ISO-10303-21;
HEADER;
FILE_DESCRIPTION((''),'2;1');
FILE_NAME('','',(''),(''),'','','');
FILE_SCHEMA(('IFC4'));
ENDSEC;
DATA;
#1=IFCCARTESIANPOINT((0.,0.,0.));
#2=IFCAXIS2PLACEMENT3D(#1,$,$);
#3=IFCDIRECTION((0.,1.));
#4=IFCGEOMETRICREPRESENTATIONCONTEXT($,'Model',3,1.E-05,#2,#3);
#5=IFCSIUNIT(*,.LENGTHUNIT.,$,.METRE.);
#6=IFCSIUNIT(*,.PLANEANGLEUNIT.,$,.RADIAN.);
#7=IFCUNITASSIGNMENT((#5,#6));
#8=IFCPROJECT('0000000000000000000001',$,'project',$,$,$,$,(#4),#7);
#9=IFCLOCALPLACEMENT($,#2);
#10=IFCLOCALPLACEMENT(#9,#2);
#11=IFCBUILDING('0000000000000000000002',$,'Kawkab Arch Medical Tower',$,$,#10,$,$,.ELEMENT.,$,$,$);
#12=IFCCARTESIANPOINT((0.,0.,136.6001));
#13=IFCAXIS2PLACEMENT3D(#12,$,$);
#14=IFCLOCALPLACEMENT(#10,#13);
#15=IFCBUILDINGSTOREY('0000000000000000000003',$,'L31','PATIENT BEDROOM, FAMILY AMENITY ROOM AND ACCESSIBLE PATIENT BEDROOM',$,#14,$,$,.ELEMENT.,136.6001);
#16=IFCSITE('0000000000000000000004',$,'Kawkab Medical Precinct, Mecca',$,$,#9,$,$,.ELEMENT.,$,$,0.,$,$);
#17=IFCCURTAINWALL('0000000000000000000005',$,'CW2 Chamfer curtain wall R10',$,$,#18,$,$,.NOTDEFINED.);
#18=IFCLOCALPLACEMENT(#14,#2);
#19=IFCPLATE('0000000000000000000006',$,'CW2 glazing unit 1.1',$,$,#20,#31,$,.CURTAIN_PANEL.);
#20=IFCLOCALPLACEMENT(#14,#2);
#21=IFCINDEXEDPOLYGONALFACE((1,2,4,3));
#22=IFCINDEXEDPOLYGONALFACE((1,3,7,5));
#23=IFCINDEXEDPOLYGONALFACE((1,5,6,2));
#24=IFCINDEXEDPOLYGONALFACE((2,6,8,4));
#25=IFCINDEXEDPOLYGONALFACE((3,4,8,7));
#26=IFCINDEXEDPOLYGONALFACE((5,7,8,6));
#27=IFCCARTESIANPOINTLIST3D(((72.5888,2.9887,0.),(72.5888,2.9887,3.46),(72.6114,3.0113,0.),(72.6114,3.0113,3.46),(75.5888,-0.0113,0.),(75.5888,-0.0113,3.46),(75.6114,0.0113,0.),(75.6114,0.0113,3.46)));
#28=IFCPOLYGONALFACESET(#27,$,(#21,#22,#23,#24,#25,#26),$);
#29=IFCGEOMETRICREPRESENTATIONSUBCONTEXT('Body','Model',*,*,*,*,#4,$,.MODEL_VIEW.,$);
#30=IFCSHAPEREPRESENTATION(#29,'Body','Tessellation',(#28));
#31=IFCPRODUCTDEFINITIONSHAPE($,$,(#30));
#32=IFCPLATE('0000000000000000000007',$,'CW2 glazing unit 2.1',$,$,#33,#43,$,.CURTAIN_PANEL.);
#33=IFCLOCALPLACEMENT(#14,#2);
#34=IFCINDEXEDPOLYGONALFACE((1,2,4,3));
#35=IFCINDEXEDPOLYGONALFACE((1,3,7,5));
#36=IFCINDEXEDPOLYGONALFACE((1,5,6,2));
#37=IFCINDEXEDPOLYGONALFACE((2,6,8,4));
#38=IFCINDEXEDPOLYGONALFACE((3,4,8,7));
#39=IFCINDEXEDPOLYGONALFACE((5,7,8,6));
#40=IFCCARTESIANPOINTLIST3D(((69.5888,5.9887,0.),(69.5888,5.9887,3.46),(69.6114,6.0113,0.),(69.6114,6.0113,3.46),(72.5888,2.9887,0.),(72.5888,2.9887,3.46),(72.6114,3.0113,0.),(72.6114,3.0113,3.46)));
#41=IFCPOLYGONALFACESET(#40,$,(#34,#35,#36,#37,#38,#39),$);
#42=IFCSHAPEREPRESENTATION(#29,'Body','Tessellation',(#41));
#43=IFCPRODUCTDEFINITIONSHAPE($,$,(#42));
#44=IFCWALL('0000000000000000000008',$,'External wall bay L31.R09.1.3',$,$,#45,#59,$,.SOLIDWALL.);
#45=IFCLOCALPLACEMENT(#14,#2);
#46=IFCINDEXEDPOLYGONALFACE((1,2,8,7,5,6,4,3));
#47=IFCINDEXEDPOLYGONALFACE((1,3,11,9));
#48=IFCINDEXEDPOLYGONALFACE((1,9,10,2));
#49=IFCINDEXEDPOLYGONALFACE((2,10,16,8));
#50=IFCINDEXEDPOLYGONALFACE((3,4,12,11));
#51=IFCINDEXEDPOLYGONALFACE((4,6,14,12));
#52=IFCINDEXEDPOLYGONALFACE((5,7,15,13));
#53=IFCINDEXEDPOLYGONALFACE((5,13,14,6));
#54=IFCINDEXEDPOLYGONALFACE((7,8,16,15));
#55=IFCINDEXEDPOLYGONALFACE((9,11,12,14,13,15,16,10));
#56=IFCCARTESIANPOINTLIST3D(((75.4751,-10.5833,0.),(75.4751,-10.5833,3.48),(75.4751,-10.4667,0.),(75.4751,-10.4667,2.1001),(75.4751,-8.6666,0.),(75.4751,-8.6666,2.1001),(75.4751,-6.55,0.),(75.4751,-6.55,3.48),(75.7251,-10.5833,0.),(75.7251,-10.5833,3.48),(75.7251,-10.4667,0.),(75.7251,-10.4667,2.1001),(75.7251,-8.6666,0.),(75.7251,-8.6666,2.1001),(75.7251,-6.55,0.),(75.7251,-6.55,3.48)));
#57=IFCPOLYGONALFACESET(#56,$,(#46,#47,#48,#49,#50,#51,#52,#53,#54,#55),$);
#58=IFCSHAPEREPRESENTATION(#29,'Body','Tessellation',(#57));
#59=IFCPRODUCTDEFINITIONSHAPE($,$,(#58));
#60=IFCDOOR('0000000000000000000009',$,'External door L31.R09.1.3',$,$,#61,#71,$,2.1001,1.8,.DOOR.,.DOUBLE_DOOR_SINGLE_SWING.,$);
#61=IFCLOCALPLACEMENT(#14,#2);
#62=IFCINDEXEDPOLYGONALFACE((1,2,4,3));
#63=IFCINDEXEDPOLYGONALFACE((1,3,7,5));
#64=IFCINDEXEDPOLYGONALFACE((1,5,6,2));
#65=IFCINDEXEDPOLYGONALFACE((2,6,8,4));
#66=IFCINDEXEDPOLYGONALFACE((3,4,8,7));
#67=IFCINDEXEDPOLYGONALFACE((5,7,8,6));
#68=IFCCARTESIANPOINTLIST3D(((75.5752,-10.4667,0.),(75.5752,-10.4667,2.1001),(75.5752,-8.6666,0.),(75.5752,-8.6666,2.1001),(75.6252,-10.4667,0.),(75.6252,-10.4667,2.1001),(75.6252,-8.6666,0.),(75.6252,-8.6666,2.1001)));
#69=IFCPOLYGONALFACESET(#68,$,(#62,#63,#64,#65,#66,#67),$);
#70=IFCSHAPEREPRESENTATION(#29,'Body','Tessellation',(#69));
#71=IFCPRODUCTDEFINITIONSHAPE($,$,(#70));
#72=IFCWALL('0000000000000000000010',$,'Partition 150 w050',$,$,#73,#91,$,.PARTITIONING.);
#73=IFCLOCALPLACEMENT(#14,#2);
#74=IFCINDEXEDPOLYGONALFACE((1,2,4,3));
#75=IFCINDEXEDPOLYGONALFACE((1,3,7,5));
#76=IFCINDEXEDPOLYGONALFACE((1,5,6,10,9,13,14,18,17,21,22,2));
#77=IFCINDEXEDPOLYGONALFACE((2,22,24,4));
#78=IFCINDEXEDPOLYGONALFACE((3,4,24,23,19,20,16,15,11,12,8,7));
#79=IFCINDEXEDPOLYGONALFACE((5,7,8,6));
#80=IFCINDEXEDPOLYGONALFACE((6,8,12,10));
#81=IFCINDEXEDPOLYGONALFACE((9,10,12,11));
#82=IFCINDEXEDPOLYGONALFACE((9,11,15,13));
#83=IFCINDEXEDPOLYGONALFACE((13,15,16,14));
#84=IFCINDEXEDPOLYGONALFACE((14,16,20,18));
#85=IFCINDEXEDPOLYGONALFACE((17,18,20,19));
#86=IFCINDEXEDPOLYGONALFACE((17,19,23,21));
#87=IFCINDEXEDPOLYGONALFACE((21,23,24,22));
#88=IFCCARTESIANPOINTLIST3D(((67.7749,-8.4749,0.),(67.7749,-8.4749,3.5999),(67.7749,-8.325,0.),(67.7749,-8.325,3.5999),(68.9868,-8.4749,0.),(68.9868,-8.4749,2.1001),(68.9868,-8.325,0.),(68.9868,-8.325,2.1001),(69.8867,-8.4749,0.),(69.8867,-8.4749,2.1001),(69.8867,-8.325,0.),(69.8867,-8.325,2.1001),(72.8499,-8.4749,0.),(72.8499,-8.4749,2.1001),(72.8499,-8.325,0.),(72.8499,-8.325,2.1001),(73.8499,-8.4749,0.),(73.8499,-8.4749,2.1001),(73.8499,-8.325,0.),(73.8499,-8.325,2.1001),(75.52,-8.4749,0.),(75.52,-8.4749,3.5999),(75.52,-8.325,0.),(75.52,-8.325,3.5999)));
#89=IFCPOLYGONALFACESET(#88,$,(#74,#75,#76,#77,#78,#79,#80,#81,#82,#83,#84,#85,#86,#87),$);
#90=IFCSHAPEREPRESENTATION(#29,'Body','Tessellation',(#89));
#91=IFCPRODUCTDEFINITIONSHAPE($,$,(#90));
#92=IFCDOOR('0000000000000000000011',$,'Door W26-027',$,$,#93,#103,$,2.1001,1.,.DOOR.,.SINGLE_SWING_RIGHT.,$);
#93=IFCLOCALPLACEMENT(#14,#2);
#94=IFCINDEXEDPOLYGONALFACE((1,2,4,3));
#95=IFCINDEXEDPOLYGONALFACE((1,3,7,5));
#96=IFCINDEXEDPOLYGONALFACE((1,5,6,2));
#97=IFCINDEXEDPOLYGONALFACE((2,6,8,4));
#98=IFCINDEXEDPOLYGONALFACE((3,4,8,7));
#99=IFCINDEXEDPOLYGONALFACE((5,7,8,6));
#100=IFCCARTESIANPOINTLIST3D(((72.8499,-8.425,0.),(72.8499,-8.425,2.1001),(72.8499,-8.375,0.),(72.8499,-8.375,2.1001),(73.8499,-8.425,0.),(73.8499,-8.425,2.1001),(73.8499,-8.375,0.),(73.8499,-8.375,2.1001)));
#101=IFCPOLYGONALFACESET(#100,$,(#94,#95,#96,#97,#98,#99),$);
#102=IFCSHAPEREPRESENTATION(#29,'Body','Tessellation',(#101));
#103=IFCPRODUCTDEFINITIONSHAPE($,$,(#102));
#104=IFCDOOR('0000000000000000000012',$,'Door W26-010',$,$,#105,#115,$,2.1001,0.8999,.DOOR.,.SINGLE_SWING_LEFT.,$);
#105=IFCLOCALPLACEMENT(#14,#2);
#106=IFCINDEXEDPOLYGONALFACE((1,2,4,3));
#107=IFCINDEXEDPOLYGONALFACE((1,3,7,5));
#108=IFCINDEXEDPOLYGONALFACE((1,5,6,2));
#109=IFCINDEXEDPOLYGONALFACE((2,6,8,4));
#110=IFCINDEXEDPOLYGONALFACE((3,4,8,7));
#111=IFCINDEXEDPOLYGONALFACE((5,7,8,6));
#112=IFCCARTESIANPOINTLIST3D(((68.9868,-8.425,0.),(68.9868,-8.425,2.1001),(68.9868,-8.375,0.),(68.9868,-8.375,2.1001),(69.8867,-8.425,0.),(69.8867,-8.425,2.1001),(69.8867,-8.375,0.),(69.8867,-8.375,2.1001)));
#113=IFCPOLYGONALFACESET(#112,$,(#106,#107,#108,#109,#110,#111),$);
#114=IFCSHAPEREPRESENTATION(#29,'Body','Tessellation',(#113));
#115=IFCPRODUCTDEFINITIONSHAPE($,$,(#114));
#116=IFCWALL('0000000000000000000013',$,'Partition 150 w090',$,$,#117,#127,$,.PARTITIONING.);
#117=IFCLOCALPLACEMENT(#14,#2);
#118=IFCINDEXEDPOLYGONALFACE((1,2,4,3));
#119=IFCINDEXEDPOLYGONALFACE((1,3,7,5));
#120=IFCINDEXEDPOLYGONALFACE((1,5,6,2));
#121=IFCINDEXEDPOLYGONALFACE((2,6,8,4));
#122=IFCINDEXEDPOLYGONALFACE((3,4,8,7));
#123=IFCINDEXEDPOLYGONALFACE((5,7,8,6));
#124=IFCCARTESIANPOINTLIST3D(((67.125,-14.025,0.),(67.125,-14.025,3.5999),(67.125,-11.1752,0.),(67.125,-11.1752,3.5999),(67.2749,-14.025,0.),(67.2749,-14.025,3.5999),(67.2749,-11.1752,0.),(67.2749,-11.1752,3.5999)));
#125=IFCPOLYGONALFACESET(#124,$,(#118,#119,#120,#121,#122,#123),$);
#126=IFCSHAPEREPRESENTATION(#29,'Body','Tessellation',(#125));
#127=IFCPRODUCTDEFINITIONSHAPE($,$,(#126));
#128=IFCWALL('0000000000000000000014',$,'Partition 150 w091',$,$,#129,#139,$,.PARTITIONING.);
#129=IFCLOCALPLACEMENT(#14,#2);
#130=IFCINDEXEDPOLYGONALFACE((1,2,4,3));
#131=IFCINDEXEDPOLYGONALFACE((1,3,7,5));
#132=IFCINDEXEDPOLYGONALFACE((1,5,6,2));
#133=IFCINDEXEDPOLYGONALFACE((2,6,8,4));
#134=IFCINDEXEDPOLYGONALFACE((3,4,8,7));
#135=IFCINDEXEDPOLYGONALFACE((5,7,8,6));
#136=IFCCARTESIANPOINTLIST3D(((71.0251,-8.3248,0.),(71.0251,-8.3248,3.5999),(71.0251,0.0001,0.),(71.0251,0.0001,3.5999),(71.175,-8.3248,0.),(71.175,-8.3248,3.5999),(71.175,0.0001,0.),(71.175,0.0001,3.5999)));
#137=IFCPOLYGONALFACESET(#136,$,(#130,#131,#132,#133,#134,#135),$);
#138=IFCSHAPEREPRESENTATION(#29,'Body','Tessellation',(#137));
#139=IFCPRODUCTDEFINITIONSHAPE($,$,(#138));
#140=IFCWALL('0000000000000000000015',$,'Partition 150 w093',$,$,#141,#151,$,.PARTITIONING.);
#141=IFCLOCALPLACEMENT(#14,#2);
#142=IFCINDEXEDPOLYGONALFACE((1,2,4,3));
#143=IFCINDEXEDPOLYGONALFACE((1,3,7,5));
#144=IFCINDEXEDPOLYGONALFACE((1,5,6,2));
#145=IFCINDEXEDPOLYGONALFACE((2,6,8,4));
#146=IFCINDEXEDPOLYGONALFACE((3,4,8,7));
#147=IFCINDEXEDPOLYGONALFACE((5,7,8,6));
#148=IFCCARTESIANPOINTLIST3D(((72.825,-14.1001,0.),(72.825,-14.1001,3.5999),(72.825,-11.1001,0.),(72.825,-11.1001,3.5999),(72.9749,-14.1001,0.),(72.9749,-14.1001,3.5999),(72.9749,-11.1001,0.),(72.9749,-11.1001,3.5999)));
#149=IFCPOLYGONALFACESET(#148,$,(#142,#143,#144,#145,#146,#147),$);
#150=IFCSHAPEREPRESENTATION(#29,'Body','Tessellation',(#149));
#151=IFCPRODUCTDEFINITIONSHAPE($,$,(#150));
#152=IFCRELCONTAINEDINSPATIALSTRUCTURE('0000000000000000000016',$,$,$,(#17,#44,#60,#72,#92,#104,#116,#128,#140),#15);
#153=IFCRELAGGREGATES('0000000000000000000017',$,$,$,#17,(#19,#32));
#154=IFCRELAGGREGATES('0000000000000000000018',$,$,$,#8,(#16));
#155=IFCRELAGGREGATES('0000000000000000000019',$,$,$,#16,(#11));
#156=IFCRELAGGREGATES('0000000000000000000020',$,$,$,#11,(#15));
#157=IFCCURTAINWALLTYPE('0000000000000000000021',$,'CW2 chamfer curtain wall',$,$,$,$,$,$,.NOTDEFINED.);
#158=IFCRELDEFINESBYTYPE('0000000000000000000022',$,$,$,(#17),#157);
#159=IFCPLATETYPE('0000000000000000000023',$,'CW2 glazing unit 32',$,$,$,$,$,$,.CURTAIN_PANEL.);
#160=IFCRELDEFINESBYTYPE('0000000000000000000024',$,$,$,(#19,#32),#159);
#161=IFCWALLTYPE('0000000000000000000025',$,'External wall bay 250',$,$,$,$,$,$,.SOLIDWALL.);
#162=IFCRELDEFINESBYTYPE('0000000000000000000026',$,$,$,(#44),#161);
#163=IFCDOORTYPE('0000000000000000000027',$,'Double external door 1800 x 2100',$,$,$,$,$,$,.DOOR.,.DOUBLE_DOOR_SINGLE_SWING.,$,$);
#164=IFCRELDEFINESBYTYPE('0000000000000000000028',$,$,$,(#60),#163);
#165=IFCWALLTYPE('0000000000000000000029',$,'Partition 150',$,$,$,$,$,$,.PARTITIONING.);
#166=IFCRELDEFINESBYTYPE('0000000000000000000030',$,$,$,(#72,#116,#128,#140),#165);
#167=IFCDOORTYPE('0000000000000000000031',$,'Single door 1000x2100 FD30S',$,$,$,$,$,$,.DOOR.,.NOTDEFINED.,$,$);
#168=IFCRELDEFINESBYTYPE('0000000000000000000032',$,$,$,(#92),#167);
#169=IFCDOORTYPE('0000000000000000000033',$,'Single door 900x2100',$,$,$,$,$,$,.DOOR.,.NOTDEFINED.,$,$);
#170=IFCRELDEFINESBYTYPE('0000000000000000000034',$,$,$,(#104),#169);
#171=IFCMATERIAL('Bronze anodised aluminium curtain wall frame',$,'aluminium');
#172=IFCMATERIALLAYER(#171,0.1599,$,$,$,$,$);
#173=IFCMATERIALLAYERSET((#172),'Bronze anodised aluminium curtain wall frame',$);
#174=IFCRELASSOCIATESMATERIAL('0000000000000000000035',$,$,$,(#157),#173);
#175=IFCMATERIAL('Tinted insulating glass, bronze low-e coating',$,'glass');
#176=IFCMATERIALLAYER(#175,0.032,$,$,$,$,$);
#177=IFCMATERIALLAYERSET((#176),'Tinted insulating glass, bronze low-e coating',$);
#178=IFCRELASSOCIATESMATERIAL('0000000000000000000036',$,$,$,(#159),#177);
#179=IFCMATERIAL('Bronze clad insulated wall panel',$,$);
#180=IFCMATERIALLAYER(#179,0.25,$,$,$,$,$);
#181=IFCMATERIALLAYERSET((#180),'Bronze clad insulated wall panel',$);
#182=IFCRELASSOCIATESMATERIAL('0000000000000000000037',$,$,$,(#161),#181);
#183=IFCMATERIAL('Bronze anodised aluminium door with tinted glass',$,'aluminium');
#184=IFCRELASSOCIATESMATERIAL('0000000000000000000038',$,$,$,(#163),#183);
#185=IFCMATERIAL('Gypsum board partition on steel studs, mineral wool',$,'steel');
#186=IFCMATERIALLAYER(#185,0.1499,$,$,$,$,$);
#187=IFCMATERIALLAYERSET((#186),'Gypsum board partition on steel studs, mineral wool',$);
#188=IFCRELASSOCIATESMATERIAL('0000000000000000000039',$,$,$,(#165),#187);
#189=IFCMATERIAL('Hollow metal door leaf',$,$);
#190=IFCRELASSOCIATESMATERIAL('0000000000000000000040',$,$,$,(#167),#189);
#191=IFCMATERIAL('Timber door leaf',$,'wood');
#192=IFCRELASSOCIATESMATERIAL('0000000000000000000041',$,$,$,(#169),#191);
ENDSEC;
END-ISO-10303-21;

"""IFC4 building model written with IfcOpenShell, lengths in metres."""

from ifc_helpers import new_model, si_unit, direction, frame, frame_2d, origin, origin_2d, place, context, subcontext, project, spatial, rectangle, extrude, material, layer, layer_set, type_object, element, fill, aggregate, save


model = new_model("IFC4")

# Units and contexts
model_context = context("Model", 3, precision=1e-05, world=origin(), true_north=direction((0.0, 1.0)))
body_context = subcontext(model_context, "Body", "Model", "MODEL_VIEW")
ifc_project = project(units=[si_unit("LENGTHUNIT", "METRE"), si_unit("PLANEANGLEUNIT", "RADIAN")], contexts=[model_context])

# Site, building, storey
site_placement = place(None, origin())
site = spatial("IfcSite", under=ifc_project, at=site_placement, Name="Kawkab Medical Precinct, Mecca", CompositionType="ELEMENT", RefElevation=0.0)
building_placement = place(site_placement, origin())
building = spatial("IfcBuilding", under=site, at=building_placement, Name="Kawkab Arch Medical Tower", CompositionType="ELEMENT")
storey_placement = place(building_placement, frame((0.0, 0.0, 136.6001)))
storey = spatial("IfcBuildingStorey", under=building, at=storey_placement, Name="L31", Description="PATIENT BEDROOM, FAMILY AMENITY ROOM AND ACCESSIBLE PATIENT BEDROOM", CompositionType="ELEMENT", Elevation=136.6001)

# Shared definitions
placement = place(storey_placement, origin())

# Curtain wall
ifc_material_1 = material(Name="Bronze anodised aluminium curtain wall frame", Category="aluminium")
ifc_layer_1 = layer(ifc_material_1, 0.1599)
ifc_layer_set_1 = layer_set([ifc_layer_1], Name="Bronze anodised aluminium curtain wall frame")
curtain_wall_type_1 = type_object("IfcCurtainWallType", Name="CW2 chamfer curtain wall", PredefinedType="NOTDEFINED", material=ifc_layer_set_1)
curtain_wall_1 = element("IfcCurtainWall", 1, at=placement, inside=storey, type_object=curtain_wall_type_1, Name="CW2 Chamfer curtain wall R10", PredefinedType="NOTDEFINED")

# Plates
ifc_material_2 = material(Name="Tinted insulating glass, bronze low-e coating", Category="glass")
ifc_layer_2 = layer(ifc_material_2, 0.032)
ifc_layer_set_2 = layer_set([ifc_layer_2], Name="Tinted insulating glass, bronze low-e coating")
plate_type_1 = type_object("IfcPlateType", Name="CW2 glazing unit 32", PredefinedType="CURTAIN_PANEL", material=ifc_layer_set_2)
plate_1_placement = place(storey_placement, frame((74.1001, 1.5, 0.0), z_axis=(0.0, 0.0, 1.0), x_axis=(-0.707107, 0.707107, 0.0)))
plate_1 = element("IfcPlate", 2, at=plate_1_placement, type_object=plate_type_1, Name="CW2 glazing unit 1.1", PredefinedType="CURTAIN_PANEL", context=body_context, shape_type="SweptSolid", body=[
    extrude(rectangle(XDim=4.2427, YDim=0.032, at=origin_2d()), origin(), (0.0, 0.0, 1.0), 3.46),
])
plate_2_placement = place(storey_placement, frame((71.1001, 4.5, 0.0), z_axis=(0.0, 0.0, 1.0), x_axis=(-0.707107, 0.707107, 0.0)))
plate_2 = element("IfcPlate", 3, at=plate_2_placement, type_object=plate_type_1, Name="CW2 glazing unit 2.1", PredefinedType="CURTAIN_PANEL", context=body_context, shape_type="SweptSolid", body=[
    extrude(rectangle(XDim=4.2427, YDim=0.032, at=origin_2d()), origin(), (0.0, 0.0, 1.0), 3.46),
])
aggregate(curtain_wall_1, [plate_1, plate_2])

# Wall, opening, door
ifc_material_3 = material(Name="Bronze clad insulated wall panel")
ifc_layer_3 = layer(ifc_material_3, 0.25)
ifc_layer_set_3 = layer_set([ifc_layer_3], Name="Bronze clad insulated wall panel")
wall_type_1 = type_object("IfcWallType", Name="External wall bay 250", PredefinedType="SOLIDWALL", material=ifc_layer_set_3)
wall_1_placement = place(storey_placement, frame((75.6001, -10.5833, 0.0), z_axis=(0.0, 0.0, 1.0), x_axis=(0.0, 1.0, 0.0)))
wall_1 = element("IfcWall", 4, at=wall_1_placement, inside=storey, type_object=wall_type_1, Name="External wall bay L31.R09.1.3", PredefinedType="SOLIDWALL", context=body_context, shape_type="SweptSolid", body=[
    extrude(rectangle(XDim=4.0332, YDim=0.25, at=frame_2d((2.0166, 0.0))), origin(), (0.0, 0.0, 1.0), 3.48),
])
opening_1_placement = place(wall_1_placement, frame((0.1167, 0.0, 0.0)))
opening_1 = element("IfcOpeningElement", 5, at=opening_1_placement, cuts=wall_1, PredefinedType="OPENING", context=body_context, shape_type="SweptSolid", body=[
    extrude(rectangle(XDim=1.8, YDim=2.1001, at=frame_2d((0.8999, 1.05))), frame((0.0, 0.135, 0.0), z_axis=(0.0, -1.0, 0.0), x_axis=(1.0, 0.0, 0.0)), (0.0, 0.0, 1.0), 0.27),
])
ifc_material_4 = material(Name="Bronze anodised aluminium door with tinted glass", Category="aluminium")
door_type_1 = type_object("IfcDoorType", Name="Double external door 1800 x 2100", OperationType="DOUBLE_DOOR_SINGLE_SWING", PredefinedType="DOOR", material=ifc_material_4)
door_1_placement = place(opening_1_placement, origin())
door_1 = element("IfcDoor", 6, at=door_1_placement, inside=storey, type_object=door_type_1, Name="External door L31.R09.1.3", OperationType="DOUBLE_DOOR_SINGLE_SWING", OverallHeight=2.1001, OverallWidth=1.8, PredefinedType="DOOR", context=body_context, shape_type="SweptSolid", body=[
    extrude(rectangle(XDim=1.8, YDim=2.1001, at=frame_2d((0.8999, 1.05))), frame((0.0, 0.0249, 0.0), z_axis=(0.0, -1.0, 0.0), x_axis=(1.0, 0.0, 0.0)), (0.0, 0.0, 1.0), 0.05),
])
fill(opening_1, door_1)

# Wall, openings, doors
ifc_material_5 = material(Name="Gypsum board partition on steel studs, mineral wool", Category="steel")
ifc_layer_4 = layer(ifc_material_5, 0.1499)
ifc_layer_set_4 = layer_set([ifc_layer_4], Name="Gypsum board partition on steel studs, mineral wool")
wall_type_2 = type_object("IfcWallType", Name="Partition 150", PredefinedType="PARTITIONING", material=ifc_layer_set_4)
wall_2_placement = place(storey_placement, frame((67.7749, -8.3999, 0.0), z_axis=(0.0, 0.0, 1.0), x_axis=(1.0, 0.0, 0.0)))
wall_2 = element("IfcWall", 7, at=wall_2_placement, inside=storey, type_object=wall_type_2, Name="Partition 150 w050", PredefinedType="PARTITIONING", context=body_context, shape_type="SweptSolid", body=[
    extrude(rectangle(XDim=7.7451, YDim=0.1499, at=frame_2d((3.8726, 0.0))), origin(), (0.0, 0.0, 1.0), 3.5999),
])
opening_2_placement = place(wall_2_placement, frame((1.2119, 0.0, 0.0)))
opening_2 = element("IfcOpeningElement", 8, at=opening_2_placement, cuts=wall_2, PredefinedType="OPENING", context=body_context, shape_type="SweptSolid", body=[
    extrude(rectangle(XDim=0.8999, YDim=2.1001, at=frame_2d((0.45, 1.05))), frame((0.0, 0.085, 0.0), z_axis=(0.0, -1.0, 0.0), x_axis=(1.0, 0.0, 0.0)), (0.0, 0.0, 1.0), 0.1699),
])
opening_3_placement = place(wall_2_placement, frame((5.075, 0.0, 0.0)))
opening_3 = element("IfcOpeningElement", 9, at=opening_3_placement, cuts=wall_2, PredefinedType="OPENING", context=body_context, shape_type="SweptSolid", body=[
    extrude(rectangle(XDim=1.0, YDim=2.1001, at=frame_2d((0.5, 1.05))), frame((0.0, 0.085, 0.0), z_axis=(0.0, -1.0, 0.0), x_axis=(1.0, 0.0, 0.0)), (0.0, 0.0, 1.0), 0.1699),
])
ifc_material_6 = material(Name="Hollow metal door leaf")
door_type_2 = type_object("IfcDoorType", Name="Single door 1000x2100 FD30S", OperationType="NOTDEFINED", PredefinedType="DOOR", material=ifc_material_6)
door_2_placement = place(opening_3_placement, origin())
door_2 = element("IfcDoor", 10, at=door_2_placement, inside=storey, type_object=door_type_2, Name="Door W26-027", OperationType="SINGLE_SWING_RIGHT", OverallHeight=2.1001, OverallWidth=1.0, PredefinedType="DOOR", context=body_context, shape_type="SweptSolid", body=[
    extrude(rectangle(XDim=1.0, YDim=2.1001, at=frame_2d((0.5, 1.05))), frame((0.0, 0.0249, 0.0), z_axis=(0.0, -1.0, 0.0), x_axis=(1.0, 0.0, 0.0)), (0.0, 0.0, 1.0), 0.05),
])
fill(opening_3, door_2)
ifc_material_7 = material(Name="Timber door leaf", Category="wood")
door_type_3 = type_object("IfcDoorType", Name="Single door 900x2100", OperationType="NOTDEFINED", PredefinedType="DOOR", material=ifc_material_7)
door_3_placement = place(opening_2_placement, origin())
door_3 = element("IfcDoor", 11, at=door_3_placement, inside=storey, type_object=door_type_3, Name="Door W26-010", OperationType="SINGLE_SWING_LEFT", OverallHeight=2.1001, OverallWidth=0.8999, PredefinedType="DOOR", context=body_context, shape_type="SweptSolid", body=[
    extrude(rectangle(XDim=0.8999, YDim=2.1001, at=frame_2d((0.45, 1.05))), frame((0.0, 0.0249, 0.0), z_axis=(0.0, -1.0, 0.0), x_axis=(1.0, 0.0, 0.0)), (0.0, 0.0, 1.0), 0.05),
])
fill(opening_2, door_3)

# Walls
wall_3_placement = place(storey_placement, frame((67.2, -14.0249, 0.0), z_axis=(0.0, 0.0, 1.0), x_axis=(0.0, 1.0, 0.0)))
element("IfcWall", 12, at=wall_3_placement, inside=storey, type_object=wall_type_2, Name="Partition 150 w090", PredefinedType="PARTITIONING", context=body_context, shape_type="SweptSolid", body=[
    extrude(rectangle(XDim=2.8499, YDim=0.1499, at=frame_2d((1.4248, 0.0))), origin(), (0.0, 0.0, 1.0), 3.5999),
])
wall_4_placement = place(storey_placement, frame((71.1001, -8.325, 0.0), z_axis=(0.0, 0.0, 1.0), x_axis=(0.0, 1.0, 0.0)))
element("IfcWall", 13, at=wall_4_placement, inside=storey, type_object=wall_type_2, Name="Partition 150 w091", PredefinedType="PARTITIONING", context=body_context, shape_type="SweptSolid", body=[
    extrude(rectangle(XDim=8.325, YDim=0.1499, at=frame_2d((4.1626, 0.0))), origin(), (0.0, 0.0, 1.0), 3.5999),
])
wall_5_placement = place(storey_placement, frame((72.8999, -14.1001, 0.0), z_axis=(0.0, 0.0, 1.0), x_axis=(0.0, 1.0, 0.0)))
element("IfcWall", 14, at=wall_5_placement, inside=storey, type_object=wall_type_2, Name="Partition 150 w093", PredefinedType="PARTITIONING", context=body_context, shape_type="SweptSolid", body=[
    extrude(rectangle(XDim=3.0, YDim=0.1499, at=frame_2d((1.5, 0.0))), origin(), (0.0, 0.0, 1.0), 3.5999),
])

save(model, "model.ifc")
